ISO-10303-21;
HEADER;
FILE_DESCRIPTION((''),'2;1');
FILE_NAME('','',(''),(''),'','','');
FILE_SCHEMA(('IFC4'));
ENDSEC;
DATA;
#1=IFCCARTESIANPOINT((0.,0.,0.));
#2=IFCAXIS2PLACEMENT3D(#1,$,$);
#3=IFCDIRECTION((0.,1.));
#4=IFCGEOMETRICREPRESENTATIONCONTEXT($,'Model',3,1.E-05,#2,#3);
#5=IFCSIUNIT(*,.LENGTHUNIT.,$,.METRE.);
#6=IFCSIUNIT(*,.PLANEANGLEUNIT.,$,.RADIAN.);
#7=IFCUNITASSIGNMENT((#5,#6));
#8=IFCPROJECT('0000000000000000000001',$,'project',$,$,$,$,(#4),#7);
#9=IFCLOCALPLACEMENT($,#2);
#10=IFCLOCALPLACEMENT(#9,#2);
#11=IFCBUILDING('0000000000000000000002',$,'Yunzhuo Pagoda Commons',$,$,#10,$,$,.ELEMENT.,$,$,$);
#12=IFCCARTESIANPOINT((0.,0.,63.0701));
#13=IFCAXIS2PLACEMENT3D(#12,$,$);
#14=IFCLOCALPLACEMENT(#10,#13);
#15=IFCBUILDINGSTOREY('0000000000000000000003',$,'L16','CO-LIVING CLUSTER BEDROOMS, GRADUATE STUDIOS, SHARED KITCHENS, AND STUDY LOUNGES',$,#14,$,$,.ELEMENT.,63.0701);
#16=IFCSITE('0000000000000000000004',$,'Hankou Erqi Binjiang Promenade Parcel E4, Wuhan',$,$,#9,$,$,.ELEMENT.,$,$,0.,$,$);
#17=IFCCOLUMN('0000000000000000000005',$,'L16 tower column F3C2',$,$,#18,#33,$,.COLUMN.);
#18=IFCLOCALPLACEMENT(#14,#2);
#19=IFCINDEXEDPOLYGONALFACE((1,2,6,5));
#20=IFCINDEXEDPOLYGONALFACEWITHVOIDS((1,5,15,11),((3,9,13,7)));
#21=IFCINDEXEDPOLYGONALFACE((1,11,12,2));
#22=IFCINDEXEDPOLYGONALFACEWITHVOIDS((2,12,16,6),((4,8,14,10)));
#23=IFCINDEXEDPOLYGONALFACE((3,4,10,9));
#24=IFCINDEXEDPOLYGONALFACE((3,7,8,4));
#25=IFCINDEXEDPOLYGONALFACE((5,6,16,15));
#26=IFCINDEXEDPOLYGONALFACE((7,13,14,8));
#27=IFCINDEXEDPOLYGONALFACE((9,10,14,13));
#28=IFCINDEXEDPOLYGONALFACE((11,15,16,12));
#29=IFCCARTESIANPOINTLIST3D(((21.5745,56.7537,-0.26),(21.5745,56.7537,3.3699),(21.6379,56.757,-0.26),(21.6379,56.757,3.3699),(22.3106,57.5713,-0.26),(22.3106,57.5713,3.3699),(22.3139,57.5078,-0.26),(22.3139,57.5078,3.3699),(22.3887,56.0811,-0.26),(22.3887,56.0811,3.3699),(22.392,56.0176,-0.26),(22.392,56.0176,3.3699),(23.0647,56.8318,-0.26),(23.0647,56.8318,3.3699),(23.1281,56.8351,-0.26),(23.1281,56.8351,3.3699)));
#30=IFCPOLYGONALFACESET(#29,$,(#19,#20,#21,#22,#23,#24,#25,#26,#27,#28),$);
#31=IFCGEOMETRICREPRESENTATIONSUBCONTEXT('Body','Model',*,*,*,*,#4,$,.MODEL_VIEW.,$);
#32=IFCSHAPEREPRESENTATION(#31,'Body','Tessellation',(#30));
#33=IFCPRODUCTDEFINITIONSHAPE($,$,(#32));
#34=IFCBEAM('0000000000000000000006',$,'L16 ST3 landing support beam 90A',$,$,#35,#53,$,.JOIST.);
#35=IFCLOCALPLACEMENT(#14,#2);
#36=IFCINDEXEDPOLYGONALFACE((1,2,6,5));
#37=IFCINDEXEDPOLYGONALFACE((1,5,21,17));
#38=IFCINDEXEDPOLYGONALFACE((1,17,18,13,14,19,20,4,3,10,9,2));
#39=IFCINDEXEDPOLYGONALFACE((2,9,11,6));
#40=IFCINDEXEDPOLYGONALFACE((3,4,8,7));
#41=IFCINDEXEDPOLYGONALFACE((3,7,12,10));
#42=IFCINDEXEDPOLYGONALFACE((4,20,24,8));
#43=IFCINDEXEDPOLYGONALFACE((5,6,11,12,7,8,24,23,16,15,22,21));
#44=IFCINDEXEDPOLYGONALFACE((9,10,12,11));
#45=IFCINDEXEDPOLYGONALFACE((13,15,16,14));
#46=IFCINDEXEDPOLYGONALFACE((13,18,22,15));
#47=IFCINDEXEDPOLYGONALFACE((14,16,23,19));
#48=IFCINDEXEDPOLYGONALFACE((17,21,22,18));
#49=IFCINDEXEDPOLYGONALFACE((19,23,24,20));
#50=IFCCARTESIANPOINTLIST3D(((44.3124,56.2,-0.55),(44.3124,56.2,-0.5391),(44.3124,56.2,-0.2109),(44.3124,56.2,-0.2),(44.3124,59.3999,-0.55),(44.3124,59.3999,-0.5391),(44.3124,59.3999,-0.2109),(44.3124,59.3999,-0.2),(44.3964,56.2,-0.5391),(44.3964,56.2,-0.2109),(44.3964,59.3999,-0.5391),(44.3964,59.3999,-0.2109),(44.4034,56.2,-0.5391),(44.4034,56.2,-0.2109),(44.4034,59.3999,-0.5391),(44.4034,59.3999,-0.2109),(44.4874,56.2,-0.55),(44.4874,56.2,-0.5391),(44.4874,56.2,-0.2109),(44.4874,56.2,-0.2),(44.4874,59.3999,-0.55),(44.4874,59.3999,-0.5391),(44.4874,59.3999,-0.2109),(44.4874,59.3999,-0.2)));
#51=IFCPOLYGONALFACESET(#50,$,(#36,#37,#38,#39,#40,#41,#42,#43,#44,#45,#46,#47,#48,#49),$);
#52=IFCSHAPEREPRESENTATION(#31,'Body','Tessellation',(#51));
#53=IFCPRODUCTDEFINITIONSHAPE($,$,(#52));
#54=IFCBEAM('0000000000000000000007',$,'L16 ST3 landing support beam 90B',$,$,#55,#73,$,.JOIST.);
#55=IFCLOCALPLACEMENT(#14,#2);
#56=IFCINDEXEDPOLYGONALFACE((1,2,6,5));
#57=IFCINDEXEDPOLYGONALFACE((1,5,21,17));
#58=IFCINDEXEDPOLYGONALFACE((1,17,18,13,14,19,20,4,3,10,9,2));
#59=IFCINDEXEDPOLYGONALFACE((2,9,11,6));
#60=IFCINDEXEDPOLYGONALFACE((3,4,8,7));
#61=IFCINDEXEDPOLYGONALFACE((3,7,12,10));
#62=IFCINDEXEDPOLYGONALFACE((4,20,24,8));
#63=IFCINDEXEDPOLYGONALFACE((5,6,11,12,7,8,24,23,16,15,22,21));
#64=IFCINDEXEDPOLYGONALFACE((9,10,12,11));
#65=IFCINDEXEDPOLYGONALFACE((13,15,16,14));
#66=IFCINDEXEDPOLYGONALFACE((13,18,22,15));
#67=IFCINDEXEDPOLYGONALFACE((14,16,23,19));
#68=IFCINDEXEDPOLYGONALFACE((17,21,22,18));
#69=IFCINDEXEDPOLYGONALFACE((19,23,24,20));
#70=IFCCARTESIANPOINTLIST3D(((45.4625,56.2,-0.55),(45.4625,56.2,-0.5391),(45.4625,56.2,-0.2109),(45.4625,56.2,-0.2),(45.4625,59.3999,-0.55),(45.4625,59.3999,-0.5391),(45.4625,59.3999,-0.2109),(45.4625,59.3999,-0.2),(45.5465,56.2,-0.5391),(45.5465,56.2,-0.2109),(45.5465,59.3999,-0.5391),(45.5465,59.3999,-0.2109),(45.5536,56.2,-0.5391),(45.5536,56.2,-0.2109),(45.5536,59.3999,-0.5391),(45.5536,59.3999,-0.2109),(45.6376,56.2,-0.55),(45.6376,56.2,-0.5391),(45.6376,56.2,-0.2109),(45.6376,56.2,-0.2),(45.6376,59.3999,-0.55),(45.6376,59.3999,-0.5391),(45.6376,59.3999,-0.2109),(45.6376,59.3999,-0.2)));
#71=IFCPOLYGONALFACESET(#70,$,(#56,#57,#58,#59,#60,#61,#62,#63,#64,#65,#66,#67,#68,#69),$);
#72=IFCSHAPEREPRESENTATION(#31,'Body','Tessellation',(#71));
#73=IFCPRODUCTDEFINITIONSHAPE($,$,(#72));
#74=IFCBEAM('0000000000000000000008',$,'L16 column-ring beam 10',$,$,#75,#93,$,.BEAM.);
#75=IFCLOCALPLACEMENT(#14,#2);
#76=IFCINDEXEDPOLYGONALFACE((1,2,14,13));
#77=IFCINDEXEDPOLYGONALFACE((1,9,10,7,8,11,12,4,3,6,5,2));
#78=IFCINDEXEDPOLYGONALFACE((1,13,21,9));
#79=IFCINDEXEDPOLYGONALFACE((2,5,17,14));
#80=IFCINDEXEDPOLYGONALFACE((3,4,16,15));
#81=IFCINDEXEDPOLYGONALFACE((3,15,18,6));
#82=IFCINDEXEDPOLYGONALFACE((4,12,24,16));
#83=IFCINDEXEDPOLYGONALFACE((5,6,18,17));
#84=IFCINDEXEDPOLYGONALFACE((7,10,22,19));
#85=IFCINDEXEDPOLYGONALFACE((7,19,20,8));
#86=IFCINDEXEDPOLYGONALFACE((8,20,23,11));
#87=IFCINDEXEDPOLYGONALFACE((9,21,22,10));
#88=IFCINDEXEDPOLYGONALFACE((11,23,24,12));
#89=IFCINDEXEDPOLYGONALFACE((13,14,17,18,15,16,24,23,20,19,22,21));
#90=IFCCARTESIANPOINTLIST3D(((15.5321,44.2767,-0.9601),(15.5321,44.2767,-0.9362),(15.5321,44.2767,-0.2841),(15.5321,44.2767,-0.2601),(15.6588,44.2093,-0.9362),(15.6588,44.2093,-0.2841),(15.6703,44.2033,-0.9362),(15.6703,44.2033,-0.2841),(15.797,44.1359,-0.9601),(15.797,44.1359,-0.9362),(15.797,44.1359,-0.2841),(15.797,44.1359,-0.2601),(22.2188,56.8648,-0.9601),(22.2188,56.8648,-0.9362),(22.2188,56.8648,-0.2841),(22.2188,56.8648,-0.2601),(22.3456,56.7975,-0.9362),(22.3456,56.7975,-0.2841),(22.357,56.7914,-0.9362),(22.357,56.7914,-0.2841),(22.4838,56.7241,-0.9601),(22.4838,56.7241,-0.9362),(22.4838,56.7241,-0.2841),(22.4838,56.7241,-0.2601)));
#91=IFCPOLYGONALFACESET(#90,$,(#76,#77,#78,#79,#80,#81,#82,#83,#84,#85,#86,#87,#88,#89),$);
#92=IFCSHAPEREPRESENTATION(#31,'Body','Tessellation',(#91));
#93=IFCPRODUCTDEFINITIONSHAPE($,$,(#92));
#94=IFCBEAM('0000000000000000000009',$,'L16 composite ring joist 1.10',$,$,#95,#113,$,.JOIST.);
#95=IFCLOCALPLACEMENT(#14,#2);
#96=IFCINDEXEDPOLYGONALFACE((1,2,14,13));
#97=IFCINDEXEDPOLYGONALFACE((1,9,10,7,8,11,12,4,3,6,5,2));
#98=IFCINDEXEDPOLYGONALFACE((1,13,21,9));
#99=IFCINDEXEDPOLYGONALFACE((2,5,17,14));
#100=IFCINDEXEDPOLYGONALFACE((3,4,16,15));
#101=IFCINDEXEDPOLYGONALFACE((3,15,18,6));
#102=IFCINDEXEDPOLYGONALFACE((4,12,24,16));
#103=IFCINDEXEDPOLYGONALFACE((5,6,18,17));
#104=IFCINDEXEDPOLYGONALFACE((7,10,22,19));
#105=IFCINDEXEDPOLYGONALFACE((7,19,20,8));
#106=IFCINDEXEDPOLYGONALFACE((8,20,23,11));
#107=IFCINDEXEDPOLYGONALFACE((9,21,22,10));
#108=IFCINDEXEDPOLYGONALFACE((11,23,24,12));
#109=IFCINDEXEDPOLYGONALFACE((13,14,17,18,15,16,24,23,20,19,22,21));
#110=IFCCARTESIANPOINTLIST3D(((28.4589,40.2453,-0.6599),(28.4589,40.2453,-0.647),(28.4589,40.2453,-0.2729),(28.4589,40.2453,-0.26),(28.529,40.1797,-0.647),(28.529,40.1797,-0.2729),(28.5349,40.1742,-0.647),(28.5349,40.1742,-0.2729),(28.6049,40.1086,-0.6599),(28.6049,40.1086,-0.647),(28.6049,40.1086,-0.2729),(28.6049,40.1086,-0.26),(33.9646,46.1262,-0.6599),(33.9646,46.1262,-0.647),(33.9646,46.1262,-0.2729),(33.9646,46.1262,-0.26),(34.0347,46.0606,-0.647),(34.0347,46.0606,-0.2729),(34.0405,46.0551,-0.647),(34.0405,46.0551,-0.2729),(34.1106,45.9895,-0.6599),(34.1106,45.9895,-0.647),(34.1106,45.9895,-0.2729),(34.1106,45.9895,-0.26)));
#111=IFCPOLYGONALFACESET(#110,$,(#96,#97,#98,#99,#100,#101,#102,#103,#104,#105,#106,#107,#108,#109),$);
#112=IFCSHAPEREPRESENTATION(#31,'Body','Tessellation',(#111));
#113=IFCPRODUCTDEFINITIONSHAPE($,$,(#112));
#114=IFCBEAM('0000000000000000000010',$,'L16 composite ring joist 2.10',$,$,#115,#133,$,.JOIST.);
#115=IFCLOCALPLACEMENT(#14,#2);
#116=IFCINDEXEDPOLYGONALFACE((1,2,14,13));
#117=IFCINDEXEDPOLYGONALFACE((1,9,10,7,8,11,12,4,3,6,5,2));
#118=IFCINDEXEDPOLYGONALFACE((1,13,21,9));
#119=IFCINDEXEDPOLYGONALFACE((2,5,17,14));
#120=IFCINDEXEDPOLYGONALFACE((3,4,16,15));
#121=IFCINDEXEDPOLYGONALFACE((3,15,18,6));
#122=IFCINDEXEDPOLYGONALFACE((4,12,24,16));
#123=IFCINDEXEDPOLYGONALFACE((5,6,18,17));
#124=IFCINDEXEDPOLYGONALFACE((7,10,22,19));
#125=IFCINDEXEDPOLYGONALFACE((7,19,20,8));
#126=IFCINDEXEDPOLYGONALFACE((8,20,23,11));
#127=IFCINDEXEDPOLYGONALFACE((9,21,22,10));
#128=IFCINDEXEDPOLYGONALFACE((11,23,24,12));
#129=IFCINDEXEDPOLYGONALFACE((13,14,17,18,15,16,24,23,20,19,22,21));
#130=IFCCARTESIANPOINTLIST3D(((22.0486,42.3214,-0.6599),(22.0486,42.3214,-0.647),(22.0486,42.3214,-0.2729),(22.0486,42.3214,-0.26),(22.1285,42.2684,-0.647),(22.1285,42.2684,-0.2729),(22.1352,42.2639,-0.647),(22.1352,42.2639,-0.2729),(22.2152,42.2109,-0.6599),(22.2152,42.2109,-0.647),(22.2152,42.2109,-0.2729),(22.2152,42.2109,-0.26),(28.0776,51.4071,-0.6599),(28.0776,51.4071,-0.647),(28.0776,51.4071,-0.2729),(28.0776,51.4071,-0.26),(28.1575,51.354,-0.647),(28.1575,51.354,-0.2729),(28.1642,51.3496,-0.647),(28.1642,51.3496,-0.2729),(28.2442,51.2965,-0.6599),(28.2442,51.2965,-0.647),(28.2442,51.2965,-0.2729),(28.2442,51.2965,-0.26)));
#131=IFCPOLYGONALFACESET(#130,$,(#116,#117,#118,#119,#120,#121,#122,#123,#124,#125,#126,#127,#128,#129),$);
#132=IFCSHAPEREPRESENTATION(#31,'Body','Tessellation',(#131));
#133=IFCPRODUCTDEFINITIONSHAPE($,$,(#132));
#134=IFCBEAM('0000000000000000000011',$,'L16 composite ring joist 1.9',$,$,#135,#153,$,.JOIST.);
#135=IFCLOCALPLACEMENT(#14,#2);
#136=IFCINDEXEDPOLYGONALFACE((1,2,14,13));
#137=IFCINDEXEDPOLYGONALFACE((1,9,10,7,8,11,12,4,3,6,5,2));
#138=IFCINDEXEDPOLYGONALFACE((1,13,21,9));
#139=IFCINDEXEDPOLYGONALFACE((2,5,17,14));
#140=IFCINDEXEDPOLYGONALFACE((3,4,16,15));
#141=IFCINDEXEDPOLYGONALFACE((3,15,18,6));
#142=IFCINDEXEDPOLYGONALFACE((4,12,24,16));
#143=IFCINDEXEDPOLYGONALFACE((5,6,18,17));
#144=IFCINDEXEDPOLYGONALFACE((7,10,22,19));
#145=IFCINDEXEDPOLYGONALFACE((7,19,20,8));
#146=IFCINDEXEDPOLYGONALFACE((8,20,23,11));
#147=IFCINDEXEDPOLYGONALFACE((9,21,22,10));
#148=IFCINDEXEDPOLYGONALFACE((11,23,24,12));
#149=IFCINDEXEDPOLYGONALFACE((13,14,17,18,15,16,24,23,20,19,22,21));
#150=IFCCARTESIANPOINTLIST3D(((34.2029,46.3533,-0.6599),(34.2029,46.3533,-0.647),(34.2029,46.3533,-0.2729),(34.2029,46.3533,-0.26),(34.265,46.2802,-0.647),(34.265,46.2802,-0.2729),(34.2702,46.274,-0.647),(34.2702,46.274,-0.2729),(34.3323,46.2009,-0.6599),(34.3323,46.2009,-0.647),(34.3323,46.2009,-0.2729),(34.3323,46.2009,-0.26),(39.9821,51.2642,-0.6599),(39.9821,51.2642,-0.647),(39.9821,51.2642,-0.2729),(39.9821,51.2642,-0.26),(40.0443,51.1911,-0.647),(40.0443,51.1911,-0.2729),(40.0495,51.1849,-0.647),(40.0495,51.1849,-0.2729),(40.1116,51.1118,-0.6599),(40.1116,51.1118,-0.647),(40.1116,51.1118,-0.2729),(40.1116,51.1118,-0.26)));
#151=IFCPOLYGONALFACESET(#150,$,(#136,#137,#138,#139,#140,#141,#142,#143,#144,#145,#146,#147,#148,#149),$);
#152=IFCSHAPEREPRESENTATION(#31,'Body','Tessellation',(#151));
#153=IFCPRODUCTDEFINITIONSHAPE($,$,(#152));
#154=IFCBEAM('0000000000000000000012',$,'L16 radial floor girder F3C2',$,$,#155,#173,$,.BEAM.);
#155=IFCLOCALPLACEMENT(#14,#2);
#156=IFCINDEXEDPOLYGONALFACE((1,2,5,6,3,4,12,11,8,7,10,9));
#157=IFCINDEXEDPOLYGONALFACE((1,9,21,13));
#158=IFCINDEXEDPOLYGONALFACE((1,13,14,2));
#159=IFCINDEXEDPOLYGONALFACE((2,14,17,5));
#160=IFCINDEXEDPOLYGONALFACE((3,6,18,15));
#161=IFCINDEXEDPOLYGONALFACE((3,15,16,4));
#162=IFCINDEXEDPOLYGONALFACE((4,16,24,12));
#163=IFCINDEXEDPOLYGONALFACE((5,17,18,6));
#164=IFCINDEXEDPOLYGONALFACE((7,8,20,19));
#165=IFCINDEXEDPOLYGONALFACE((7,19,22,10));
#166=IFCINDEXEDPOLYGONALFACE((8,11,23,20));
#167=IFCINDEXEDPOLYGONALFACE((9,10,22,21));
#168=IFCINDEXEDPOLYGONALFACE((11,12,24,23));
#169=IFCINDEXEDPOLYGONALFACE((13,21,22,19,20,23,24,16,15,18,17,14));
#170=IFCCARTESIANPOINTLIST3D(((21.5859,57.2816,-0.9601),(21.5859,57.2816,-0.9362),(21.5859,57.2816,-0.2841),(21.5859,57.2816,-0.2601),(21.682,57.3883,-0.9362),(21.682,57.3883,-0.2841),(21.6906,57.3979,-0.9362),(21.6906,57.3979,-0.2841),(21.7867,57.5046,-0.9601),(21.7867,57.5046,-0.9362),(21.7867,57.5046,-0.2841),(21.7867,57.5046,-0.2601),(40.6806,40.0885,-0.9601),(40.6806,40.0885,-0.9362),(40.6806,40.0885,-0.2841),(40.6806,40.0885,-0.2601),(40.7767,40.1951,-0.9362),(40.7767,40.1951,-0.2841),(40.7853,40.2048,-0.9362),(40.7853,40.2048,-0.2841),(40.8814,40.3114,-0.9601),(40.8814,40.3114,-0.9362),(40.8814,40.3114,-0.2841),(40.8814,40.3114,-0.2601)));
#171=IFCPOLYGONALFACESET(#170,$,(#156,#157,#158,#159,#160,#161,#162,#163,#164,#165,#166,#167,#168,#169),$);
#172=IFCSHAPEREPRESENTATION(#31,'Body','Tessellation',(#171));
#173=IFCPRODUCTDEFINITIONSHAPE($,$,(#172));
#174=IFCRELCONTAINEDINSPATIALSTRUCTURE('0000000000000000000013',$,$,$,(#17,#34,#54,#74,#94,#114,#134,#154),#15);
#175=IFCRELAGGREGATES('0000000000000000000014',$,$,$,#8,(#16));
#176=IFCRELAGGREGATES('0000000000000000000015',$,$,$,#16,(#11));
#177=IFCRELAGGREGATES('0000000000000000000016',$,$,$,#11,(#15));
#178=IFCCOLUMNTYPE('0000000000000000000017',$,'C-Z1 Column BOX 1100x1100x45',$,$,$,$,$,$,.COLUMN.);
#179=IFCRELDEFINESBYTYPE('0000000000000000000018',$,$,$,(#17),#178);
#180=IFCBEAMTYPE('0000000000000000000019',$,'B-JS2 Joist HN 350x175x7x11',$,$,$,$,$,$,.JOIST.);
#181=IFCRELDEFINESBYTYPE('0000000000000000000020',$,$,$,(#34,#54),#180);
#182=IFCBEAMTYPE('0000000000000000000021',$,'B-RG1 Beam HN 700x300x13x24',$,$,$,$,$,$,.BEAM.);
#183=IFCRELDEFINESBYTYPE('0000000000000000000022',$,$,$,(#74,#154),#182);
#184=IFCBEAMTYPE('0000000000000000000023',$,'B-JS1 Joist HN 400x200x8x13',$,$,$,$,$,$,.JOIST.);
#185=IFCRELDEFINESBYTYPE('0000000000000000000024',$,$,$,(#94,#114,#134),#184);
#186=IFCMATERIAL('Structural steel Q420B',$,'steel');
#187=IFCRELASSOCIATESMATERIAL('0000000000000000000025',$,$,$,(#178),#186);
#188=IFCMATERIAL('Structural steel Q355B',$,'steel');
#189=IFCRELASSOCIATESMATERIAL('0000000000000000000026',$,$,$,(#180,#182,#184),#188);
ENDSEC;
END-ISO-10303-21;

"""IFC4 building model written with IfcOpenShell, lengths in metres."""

from ifc_helpers import new_model, si_unit, direction, frame, origin, origin_2d, place, context, subcontext, project, spatial, hollow_rectangle, i_section, extrude, source, transform, mapped, material, material_profile, profile_set, type_object, element, save


model = new_model("IFC4")

# Units and contexts
model_context = context("Model", 3, precision=1e-05, world=origin(), true_north=direction((0.0, 1.0)))
body_context = subcontext(model_context, "Body", "Model", "MODEL_VIEW")
ifc_project = project(units=[si_unit("LENGTHUNIT", "METRE"), si_unit("PLANEANGLEUNIT", "RADIAN")], contexts=[model_context])

# Site, building, storey
site_placement = place(None, origin())
site = spatial("IfcSite", under=ifc_project, at=site_placement, Name="Hankou Erqi Binjiang Promenade Parcel E4, Wuhan", CompositionType="ELEMENT", RefElevation=0.0)
building_placement = place(site_placement, origin())
building = spatial("IfcBuilding", under=site, at=building_placement, Name="Yunzhuo Pagoda Commons", CompositionType="ELEMENT")
storey_placement = place(building_placement, frame((0.0, 0.0, 63.0701)))
storey = spatial("IfcBuildingStorey", under=building, at=storey_placement, Name="L16", Description="CO-LIVING CLUSTER BEDROOMS, GRADUATE STUDIOS, SHARED KITCHENS, AND STUDY LOUNGES", CompositionType="ELEMENT", Elevation=63.0701)

# Column
ifc_material_1 = material(Name="Structural steel Q420B", Category="steel")
ifc_material_profile_1 = material_profile(ifc_material_1, hollow_rectangle(XDim=1.1001, YDim=1.1001, WallThickness=0.0449, at=origin_2d()), Name="Structural steel Q420B")
ifc_profile_set_1 = profile_set([ifc_material_profile_1], Name="Structural steel Q420B")
column_type = type_object("IfcColumnType", Name="C-Z1 Column BOX 1100x1100x45", PredefinedType="COLUMN", material=ifc_profile_set_1)
shared_shape_1 = source(origin(), body_context, "Body", "SweptSolid", [
    extrude(hollow_rectangle(XDim=1.1001, YDim=1.1001, WallThickness=0.0449, at=origin_2d()), origin(), (0.0, 0.0, 1.0), 3.6299),
])
column_placement = place(storey_placement, frame((22.3513, 56.7944, -0.26), z_axis=(0.0, 0.0, 1.0), x_axis=(-0.669131, -0.743145, 0.0)))
element("IfcColumn", 1, at=column_placement, inside=storey, type_object=column_type, Name="L16 tower column F3C2", PredefinedType="COLUMN", context=body_context, shape_type="MappedRepresentation", body=[
    mapped(shared_shape_1, transform((0.0, 0.0, 0.0), scale=1.0)),
])

# Beams
ifc_material_2 = material(Name="Structural steel Q355B", Category="steel")
ifc_material_profile_2 = material_profile(ifc_material_2, i_section(OverallWidth=0.175, OverallDepth=0.3501, WebThickness=0.0071, FlangeThickness=0.011, at=origin_2d()), Name="Structural steel Q355B")
ifc_profile_set_2 = profile_set([ifc_material_profile_2], Name="Structural steel Q355B")
beam_type_1 = type_object("IfcBeamType", Name="B-JS2 Joist HN 350x175x7x11", PredefinedType="JOIST", material=ifc_profile_set_2)
shared_shape_2 = source(origin(), body_context, "Body", "SweptSolid", [
    extrude(i_section(OverallWidth=0.175, OverallDepth=0.3501, WebThickness=0.0071, FlangeThickness=0.011, at=origin_2d()), origin(), (0.0, 0.0, 1.0), 3.2),
])
for number, where, z_axis, x_axis, name in (
    (2, (44.3999, 56.2, -0.375), (0.0, 1.0, 0.0), (-1.0, 0.0, 0.0), "L16 ST3 landing support beam 90A"),
    (3, (45.55, 56.2, -0.375), (0.0, 1.0, 0.0), (-1.0, 0.0, 0.0), "L16 ST3 landing support beam 90B"),
):
    element("IfcBeam", number, at=place(storey_placement, frame(where, z_axis=z_axis, x_axis=x_axis)), inside=storey, type_object=beam_type_1, Name=name, PredefinedType="JOIST", context=body_context, shape_type="MappedRepresentation", body=[
        mapped(shared_shape_2, transform((0.0, 0.0, 0.0), scale=1.0)),
    ])
ifc_material_profile_3 = material_profile(ifc_material_2, i_section(OverallWidth=0.3, OverallDepth=0.7, WebThickness=0.0129, FlangeThickness=0.0239, at=origin_2d()), Name="Structural steel Q355B")
ifc_profile_set_3 = profile_set([ifc_material_profile_3], Name="Structural steel Q355B")
beam_type_2 = type_object("IfcBeamType", Name="B-RG1 Beam HN 700x300x13x24", PredefinedType="BEAM", material=ifc_profile_set_3)
shared_shape_3 = source(origin(), body_context, "Body", "SweptSolid", [
    extrude(i_section(OverallWidth=0.3, OverallDepth=0.7, WebThickness=0.0129, FlangeThickness=0.0239, at=origin_2d()), origin(), (0.0, 0.0, 1.0), 14.2539),
])
beam_1_placement = place(storey_placement, frame((22.3513, 56.7944, -0.6101), z_axis=(-0.469118, -0.883135, 0.0), x_axis=(0.883135, -0.469118, 0.0)))
element("IfcBeam", 4, at=beam_1_placement, inside=storey, type_object=beam_type_2, Name="L16 column-ring beam 10", PredefinedType="BEAM", context=body_context, shape_type="MappedRepresentation", body=[
    mapped(shared_shape_3, transform((0.0, 0.0, 0.0), scale=1.0)),
])
ifc_material_profile_4 = material_profile(ifc_material_2, i_section(OverallWidth=0.2, OverallDepth=0.3999, WebThickness=0.0081, FlangeThickness=0.0129, at=origin_2d()), Name="Structural steel Q355B")
ifc_profile_set_4 = profile_set([ifc_material_profile_4], Name="Structural steel Q355B")
beam_type_3 = type_object("IfcBeamType", Name="B-JS1 Joist HN 400x200x8x13", PredefinedType="JOIST", material=ifc_profile_set_4)
shared_shape_4 = source(origin(), body_context, "Body", "SweptSolid", [
    extrude(i_section(OverallWidth=0.2, OverallDepth=0.3999, WebThickness=0.0081, FlangeThickness=0.0129, at=origin_2d()), origin(), (0.0, 0.0, 1.0), 8.0559),
])
beam_2_placement = place(storey_placement, frame((34.0376, 46.0579, -0.46), z_axis=(-0.683433, -0.730013, 0.0), x_axis=(0.730013, -0.683433, 0.0)))
element("IfcBeam", 5, at=beam_2_placement, inside=storey, type_object=beam_type_3, Name="L16 composite ring joist 1.10", PredefinedType="JOIST", context=body_context, shape_type="MappedRepresentation", body=[
    mapped(shared_shape_4, transform((0.0, 0.0, 0.0), scale=1.0)),
])
shared_shape_5 = source(origin(), body_context, "Body", "SweptSolid", [
    extrude(i_section(OverallWidth=0.2, OverallDepth=0.3999, WebThickness=0.0081, FlangeThickness=0.0129, at=origin_2d()), origin(), (0.0, 0.0, 1.0), 10.9041),
])
beam_3_placement = place(storey_placement, frame((28.1609, 51.3518, -0.46), z_axis=(-0.552916, -0.833237, 0.0), x_axis=(0.833237, -0.552916, 0.0)))
element("IfcBeam", 6, at=beam_3_placement, inside=storey, type_object=beam_type_3, Name="L16 composite ring joist 2.10", PredefinedType="JOIST", context=body_context, shape_type="MappedRepresentation", body=[
    mapped(shared_shape_5, transform((0.0, 0.0, 0.0), scale=1.0)),
])
shared_shape_6 = source(origin(), body_context, "Body", "SweptSolid", [
    extrude(i_section(OverallWidth=0.2, OverallDepth=0.3999, WebThickness=0.0081, FlangeThickness=0.0129, at=origin_2d()), origin(), (0.0, 0.0, 1.0), 7.584),
])
beam_4_placement = place(storey_placement, frame((40.0469, 51.188, -0.46), z_axis=(-0.762038, -0.647533, 0.0), x_axis=(0.647533, -0.762038, 0.0)))
element("IfcBeam", 7, at=beam_4_placement, inside=storey, type_object=beam_type_3, Name="L16 composite ring joist 1.9", PredefinedType="JOIST", context=body_context, shape_type="MappedRepresentation", body=[
    mapped(shared_shape_6, transform((0.0, 0.0, 0.0), scale=1.0)),
])
shared_shape_7 = source(origin(), body_context, "Body", "SweptSolid", [
    extrude(i_section(OverallWidth=0.3, OverallDepth=0.7, WebThickness=0.0129, FlangeThickness=0.0239, at=origin_2d()), origin(), (0.0, 0.0, 1.0), 25.6946),
])
beam_5_placement = place(storey_placement, frame((21.6863, 57.3931, -0.6101), z_axis=(0.743142, -0.669134, 0.0), x_axis=(0.669134, 0.743142, 0.0)))
element("IfcBeam", 8, at=beam_5_placement, inside=storey, type_object=beam_type_2, Name="L16 radial floor girder F3C2", PredefinedType="BEAM", context=body_context, shape_type="MappedRepresentation", body=[
    mapped(shared_shape_7, transform((0.0, 0.0, 0.0), scale=1.0)),
])

save(model, "model.ifc")
